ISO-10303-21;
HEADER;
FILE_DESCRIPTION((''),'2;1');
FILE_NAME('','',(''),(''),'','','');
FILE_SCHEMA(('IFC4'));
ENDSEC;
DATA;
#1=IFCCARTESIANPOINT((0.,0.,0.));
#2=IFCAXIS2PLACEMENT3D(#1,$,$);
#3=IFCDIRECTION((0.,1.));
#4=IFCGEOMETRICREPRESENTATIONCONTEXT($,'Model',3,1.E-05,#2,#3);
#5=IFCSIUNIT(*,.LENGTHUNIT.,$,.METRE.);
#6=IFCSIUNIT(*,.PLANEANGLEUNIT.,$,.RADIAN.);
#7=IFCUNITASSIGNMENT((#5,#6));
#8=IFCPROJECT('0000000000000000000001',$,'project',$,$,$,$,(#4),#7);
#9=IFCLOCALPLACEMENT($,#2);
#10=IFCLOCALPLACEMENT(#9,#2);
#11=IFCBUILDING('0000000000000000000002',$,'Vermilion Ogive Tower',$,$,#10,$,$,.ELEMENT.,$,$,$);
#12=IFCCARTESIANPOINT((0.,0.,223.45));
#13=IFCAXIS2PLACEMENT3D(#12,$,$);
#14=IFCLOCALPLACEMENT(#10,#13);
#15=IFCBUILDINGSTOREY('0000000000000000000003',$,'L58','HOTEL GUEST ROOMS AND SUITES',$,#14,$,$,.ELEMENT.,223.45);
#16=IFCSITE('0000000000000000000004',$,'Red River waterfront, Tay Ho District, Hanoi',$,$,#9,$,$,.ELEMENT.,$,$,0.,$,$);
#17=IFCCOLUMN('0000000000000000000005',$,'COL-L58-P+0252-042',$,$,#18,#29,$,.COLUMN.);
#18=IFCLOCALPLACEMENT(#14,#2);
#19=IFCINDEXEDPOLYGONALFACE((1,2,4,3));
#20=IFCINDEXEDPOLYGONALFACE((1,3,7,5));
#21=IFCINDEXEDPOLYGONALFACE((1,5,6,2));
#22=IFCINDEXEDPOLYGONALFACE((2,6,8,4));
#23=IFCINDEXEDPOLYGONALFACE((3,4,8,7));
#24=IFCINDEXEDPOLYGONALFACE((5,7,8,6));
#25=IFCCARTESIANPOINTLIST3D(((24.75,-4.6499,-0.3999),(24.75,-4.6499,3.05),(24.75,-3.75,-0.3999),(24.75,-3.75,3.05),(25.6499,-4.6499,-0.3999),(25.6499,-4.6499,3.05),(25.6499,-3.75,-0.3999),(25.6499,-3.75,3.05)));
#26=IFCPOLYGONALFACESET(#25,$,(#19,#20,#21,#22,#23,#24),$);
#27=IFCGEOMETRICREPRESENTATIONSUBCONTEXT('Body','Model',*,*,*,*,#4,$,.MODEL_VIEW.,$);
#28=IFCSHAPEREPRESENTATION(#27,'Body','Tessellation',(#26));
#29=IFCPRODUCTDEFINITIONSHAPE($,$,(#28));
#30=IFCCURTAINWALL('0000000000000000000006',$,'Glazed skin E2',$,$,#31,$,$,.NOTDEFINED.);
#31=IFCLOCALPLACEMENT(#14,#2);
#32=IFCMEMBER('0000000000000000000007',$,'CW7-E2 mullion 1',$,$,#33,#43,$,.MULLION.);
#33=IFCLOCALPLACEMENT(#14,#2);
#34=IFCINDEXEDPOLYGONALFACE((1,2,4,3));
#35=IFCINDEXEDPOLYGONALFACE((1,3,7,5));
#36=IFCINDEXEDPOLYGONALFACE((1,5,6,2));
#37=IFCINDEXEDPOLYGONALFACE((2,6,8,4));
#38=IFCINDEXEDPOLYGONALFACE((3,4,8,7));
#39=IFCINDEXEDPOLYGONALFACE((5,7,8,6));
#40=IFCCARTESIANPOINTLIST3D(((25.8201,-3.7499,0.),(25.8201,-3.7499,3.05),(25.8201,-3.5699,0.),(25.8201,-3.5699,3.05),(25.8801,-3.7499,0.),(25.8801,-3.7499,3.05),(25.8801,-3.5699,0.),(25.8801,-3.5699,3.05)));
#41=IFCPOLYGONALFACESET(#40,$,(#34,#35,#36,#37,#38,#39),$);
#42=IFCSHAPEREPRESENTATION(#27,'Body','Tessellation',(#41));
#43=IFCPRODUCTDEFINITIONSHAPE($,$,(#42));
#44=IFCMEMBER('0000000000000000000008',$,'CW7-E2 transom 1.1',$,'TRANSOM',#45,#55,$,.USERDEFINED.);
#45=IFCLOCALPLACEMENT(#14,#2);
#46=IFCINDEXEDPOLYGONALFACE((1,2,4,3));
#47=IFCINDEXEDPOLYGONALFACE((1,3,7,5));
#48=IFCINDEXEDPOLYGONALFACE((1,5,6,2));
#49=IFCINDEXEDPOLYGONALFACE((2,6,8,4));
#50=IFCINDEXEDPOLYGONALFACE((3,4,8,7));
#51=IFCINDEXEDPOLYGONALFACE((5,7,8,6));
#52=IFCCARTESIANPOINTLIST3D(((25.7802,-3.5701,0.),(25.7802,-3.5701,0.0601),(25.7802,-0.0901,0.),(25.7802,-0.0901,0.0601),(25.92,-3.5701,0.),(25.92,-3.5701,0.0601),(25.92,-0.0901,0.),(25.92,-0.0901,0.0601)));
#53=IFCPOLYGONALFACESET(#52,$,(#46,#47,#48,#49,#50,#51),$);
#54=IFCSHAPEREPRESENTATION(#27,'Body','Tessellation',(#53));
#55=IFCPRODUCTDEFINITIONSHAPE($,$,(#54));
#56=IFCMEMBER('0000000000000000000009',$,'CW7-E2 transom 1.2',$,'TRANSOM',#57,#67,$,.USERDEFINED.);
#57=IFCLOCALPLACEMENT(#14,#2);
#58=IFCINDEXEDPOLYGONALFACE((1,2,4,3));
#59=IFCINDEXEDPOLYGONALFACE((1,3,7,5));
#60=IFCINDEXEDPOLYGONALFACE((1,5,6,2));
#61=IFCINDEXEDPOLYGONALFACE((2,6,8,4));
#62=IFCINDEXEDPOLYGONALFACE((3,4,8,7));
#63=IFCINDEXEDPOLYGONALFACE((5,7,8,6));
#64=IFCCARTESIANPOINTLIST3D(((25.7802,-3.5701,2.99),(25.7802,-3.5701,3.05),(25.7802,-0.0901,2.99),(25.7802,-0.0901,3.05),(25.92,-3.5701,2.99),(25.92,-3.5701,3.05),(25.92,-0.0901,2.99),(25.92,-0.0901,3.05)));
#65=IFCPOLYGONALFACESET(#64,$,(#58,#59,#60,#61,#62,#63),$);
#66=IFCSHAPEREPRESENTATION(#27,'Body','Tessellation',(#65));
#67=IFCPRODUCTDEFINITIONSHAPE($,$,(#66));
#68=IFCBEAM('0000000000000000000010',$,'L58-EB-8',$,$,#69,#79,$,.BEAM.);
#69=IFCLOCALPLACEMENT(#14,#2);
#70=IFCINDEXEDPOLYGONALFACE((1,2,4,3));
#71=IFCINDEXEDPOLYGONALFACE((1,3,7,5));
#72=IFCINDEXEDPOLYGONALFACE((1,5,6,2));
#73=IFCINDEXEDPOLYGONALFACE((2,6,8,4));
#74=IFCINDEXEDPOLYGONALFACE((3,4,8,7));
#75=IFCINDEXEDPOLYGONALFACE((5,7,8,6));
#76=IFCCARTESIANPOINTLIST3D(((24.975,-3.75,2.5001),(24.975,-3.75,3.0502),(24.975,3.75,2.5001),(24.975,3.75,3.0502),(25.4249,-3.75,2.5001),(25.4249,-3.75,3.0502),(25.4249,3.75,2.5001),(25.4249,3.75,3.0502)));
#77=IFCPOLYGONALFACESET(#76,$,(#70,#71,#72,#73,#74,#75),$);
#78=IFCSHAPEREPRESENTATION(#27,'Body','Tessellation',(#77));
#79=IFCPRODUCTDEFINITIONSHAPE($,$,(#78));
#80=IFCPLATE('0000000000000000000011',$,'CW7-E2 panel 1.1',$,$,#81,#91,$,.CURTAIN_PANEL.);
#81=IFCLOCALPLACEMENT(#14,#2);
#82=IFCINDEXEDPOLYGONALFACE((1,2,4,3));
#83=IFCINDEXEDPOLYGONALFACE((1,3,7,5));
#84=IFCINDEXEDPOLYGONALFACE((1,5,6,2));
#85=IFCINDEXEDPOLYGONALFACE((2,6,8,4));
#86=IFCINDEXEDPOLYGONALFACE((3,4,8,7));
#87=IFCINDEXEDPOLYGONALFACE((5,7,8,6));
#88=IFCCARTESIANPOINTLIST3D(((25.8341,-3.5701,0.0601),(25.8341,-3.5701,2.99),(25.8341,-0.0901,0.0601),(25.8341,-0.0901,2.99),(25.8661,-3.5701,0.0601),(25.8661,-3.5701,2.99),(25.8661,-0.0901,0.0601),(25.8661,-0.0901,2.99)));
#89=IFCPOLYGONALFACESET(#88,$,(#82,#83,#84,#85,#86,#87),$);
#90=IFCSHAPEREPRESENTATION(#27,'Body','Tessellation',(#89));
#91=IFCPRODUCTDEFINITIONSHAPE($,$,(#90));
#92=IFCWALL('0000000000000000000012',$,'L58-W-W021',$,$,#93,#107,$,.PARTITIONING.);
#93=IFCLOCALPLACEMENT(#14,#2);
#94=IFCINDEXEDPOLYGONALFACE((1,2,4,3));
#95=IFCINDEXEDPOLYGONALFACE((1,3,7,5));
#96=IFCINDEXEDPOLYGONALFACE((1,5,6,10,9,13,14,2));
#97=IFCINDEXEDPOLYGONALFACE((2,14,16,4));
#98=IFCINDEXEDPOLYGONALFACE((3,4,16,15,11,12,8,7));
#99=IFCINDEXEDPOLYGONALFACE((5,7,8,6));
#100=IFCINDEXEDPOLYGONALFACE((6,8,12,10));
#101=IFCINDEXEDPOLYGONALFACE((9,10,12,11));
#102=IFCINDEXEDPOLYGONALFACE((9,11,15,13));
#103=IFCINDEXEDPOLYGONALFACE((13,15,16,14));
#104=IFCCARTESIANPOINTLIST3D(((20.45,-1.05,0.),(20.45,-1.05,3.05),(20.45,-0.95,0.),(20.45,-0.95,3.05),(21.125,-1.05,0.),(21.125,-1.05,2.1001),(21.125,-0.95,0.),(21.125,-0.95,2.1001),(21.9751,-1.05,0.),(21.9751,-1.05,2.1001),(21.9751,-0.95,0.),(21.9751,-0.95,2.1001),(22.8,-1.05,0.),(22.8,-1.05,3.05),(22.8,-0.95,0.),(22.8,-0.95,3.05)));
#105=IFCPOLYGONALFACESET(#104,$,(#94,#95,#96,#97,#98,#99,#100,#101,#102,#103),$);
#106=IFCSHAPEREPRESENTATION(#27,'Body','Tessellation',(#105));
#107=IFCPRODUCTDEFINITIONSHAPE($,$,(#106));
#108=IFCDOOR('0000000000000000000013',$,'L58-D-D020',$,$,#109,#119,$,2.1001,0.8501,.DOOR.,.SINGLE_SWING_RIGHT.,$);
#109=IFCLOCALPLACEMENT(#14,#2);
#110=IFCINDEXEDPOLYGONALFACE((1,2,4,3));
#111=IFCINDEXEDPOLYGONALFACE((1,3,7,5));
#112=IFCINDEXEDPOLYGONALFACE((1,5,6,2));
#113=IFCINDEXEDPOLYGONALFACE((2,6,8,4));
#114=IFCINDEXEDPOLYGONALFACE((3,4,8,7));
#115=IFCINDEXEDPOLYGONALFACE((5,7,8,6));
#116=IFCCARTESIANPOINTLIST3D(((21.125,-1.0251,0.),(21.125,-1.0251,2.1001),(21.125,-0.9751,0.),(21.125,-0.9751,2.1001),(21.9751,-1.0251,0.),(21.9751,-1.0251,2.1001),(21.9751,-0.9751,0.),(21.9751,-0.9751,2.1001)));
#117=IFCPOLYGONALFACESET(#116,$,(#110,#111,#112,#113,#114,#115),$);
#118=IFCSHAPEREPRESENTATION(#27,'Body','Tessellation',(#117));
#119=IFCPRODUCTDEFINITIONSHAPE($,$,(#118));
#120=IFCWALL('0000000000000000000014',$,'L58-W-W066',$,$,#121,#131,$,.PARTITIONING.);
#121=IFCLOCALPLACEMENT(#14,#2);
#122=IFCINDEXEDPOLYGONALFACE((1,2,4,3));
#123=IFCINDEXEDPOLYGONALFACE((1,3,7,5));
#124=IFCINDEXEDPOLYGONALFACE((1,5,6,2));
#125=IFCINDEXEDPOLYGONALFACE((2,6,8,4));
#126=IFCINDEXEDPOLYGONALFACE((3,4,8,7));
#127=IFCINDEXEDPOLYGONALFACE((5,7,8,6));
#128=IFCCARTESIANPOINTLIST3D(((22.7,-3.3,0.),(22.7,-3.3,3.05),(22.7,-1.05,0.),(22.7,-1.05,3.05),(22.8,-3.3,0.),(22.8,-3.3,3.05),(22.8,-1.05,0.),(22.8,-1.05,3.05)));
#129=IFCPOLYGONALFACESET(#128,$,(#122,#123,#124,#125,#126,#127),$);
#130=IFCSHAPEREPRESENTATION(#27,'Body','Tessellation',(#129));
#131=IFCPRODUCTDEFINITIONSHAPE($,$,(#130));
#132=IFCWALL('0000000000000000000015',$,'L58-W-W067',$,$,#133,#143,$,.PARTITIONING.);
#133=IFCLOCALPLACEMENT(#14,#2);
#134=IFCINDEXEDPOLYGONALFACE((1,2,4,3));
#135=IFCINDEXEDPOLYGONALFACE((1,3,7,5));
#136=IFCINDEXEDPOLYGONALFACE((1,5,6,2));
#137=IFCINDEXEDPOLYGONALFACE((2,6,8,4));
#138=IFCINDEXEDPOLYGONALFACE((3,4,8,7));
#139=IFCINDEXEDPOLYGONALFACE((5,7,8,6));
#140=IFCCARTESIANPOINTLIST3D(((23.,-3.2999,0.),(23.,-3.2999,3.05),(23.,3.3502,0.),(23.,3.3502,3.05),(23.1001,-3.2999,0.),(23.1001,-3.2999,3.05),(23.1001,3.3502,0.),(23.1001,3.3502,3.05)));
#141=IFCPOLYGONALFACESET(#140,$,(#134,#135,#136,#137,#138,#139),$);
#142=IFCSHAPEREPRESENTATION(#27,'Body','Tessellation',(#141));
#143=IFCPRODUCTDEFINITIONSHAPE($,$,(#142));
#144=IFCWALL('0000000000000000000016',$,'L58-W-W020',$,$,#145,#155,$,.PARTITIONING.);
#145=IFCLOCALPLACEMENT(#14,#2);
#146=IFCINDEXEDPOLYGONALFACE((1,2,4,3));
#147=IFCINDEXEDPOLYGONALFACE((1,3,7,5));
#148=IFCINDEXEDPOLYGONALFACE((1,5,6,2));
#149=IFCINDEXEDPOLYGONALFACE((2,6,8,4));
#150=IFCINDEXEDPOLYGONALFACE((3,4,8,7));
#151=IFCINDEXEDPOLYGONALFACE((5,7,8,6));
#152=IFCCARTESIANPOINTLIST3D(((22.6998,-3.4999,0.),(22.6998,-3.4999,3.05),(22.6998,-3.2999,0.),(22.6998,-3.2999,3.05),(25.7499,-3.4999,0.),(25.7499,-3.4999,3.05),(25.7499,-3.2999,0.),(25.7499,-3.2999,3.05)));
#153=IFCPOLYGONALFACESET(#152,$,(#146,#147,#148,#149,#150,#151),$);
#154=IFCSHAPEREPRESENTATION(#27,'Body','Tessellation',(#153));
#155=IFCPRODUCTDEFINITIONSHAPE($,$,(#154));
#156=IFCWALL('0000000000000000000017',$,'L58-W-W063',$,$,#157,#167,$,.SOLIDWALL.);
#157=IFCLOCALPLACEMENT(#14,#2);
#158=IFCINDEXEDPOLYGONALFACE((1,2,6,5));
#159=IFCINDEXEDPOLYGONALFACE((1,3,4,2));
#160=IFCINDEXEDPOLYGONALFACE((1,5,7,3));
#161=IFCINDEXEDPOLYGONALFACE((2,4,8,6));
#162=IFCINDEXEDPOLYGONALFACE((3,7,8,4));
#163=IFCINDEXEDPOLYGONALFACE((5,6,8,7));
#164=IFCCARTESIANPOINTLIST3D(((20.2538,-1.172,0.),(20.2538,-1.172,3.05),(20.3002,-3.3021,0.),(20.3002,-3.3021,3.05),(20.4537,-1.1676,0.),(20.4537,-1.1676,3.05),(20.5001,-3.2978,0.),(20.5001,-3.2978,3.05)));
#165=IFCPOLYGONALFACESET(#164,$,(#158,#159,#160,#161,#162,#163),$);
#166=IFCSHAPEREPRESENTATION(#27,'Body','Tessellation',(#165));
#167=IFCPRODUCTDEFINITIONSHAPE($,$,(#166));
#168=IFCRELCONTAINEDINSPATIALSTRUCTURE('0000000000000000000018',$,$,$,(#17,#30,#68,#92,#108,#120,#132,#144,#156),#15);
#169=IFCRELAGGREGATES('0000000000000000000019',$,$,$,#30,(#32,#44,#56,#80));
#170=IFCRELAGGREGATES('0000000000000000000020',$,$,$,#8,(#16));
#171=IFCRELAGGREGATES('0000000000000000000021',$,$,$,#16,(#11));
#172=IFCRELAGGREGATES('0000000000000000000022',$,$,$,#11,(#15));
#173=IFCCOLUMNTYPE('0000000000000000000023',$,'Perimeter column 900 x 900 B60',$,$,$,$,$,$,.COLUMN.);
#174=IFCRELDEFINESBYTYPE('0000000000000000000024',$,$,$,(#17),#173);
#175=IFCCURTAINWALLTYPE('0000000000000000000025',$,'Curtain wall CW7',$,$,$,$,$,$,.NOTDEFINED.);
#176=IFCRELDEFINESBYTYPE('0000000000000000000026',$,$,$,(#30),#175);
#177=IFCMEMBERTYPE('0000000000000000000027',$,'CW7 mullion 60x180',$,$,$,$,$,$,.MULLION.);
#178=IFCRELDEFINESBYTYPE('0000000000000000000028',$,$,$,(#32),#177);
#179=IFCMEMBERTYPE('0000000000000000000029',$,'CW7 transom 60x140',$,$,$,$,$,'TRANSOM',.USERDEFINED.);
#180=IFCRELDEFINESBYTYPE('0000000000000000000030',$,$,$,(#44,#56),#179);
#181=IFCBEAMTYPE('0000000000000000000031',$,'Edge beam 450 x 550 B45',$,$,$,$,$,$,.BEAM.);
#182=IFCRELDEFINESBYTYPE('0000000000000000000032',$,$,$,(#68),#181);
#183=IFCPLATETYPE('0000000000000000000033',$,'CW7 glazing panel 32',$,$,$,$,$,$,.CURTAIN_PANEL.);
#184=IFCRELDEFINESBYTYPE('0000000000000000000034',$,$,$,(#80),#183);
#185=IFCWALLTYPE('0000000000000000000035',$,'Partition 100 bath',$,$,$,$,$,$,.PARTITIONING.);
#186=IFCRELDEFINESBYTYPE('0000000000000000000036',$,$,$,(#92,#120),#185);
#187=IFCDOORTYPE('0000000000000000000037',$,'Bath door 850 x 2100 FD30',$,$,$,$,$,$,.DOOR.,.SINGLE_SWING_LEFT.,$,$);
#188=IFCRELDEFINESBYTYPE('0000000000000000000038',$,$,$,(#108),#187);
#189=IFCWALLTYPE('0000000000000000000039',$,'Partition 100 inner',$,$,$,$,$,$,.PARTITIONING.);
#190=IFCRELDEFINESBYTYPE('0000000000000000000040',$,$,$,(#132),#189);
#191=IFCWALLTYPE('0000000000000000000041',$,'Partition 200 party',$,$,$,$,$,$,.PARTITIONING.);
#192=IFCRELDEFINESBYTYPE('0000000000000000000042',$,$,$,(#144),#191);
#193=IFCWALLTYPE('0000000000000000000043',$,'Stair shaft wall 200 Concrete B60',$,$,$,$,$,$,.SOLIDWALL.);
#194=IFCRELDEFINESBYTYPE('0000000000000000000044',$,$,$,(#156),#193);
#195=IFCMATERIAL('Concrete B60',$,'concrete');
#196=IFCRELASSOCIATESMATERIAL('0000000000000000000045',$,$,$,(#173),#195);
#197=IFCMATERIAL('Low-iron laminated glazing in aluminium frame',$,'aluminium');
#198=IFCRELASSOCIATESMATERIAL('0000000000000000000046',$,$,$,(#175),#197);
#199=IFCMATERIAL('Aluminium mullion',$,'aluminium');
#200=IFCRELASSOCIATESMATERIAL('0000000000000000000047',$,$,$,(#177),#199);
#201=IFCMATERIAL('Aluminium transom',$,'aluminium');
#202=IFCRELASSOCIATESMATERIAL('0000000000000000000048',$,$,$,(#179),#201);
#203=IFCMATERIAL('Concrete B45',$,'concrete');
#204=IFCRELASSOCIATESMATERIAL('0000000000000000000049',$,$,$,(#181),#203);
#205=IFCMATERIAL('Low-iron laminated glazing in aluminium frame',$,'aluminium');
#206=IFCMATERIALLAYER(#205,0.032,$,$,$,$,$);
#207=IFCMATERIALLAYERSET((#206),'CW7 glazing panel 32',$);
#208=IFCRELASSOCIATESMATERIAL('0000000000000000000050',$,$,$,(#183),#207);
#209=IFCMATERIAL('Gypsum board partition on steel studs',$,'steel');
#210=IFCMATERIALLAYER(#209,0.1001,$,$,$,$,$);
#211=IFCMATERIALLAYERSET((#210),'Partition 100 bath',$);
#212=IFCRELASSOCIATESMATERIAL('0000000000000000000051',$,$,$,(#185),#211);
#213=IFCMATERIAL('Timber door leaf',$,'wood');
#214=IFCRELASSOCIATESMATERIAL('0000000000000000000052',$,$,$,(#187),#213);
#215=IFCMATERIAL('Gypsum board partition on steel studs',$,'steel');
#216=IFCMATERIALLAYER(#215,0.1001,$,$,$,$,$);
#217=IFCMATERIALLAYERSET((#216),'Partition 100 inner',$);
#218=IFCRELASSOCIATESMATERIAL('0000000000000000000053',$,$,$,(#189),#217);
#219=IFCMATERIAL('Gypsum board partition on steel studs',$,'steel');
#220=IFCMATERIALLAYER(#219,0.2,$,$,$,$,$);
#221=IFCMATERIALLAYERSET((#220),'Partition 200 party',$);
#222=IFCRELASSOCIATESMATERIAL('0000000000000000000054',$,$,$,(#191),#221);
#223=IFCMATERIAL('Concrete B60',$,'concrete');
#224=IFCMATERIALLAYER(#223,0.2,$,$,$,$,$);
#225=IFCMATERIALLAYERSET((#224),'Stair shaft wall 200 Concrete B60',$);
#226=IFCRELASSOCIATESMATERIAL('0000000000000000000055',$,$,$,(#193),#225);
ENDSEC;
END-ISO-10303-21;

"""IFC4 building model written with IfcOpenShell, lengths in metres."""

from ifc_helpers import new_model, si_unit, direction, frame, frame_2d, origin, origin_2d, place, context, subcontext, project, spatial, rectangle, extrude, material, layer, layer_set, material_profile, profile_set, type_object, element, fill, aggregate, save


model = new_model("IFC4")

# Units and contexts
model_context = context("Model", 3, precision=1e-05, world=origin(), true_north=direction((0.0, 1.0)))
body_context = subcontext(model_context, "Body", "Model", "MODEL_VIEW")
ifc_project = project(units=[si_unit("LENGTHUNIT", "METRE"), si_unit("PLANEANGLEUNIT", "RADIAN")], contexts=[model_context])

# Site, building, storey
site_placement = place(None, origin())
site = spatial("IfcSite", under=ifc_project, at=site_placement, Name="Red River waterfront, Tay Ho District, Hanoi", CompositionType="ELEMENT", RefElevation=0.0)
building_placement = place(site_placement, origin())
building = spatial("IfcBuilding", under=site, at=building_placement, Name="Vermilion Ogive Tower", CompositionType="ELEMENT")
storey_placement = place(building_placement, frame((0.0, 0.0, 223.45)))
storey = spatial("IfcBuildingStorey", under=building, at=storey_placement, Name="L58", Description="HOTEL GUEST ROOMS AND SUITES", CompositionType="ELEMENT", Elevation=223.45)

# Column
ifc_material_1 = material(Name="Concrete B60", Category="concrete")
ifc_material_profile_1 = material_profile(ifc_material_1, rectangle(XDim=0.8999, YDim=0.8999, at=origin_2d()), Name="900 x 900")
ifc_profile_set_1 = profile_set([ifc_material_profile_1], Name="Concrete B60")
column_type = type_object("IfcColumnType", Name="Perimeter column 900 x 900 B60", PredefinedType="COLUMN", material=ifc_profile_set_1)
column_placement = place(storey_placement, frame((25.2, -4.2, -0.3999), z_axis=(0.0, 0.0, 1.0), x_axis=(1.0, 0.0, 0.0)))
element("IfcColumn", 1, at=column_placement, inside=storey, type_object=column_type, Name="COL-L58-P+0252-042", PredefinedType="COLUMN", context=body_context, shape_type="SweptSolid", body=[
    extrude(rectangle(XDim=0.8999, YDim=0.8999, at=origin_2d()), origin(), (0.0, 0.0, 1.0), 3.45),
])

# Curtain wall, members
ifc_material_2 = material(Name="Low-iron laminated glazing in aluminium frame", Category="aluminium")
curtain_wall_type = type_object("IfcCurtainWallType", Name="Curtain wall CW7", PredefinedType="NOTDEFINED", material=ifc_material_2)
curtain_wall_placement = place(storey_placement, origin())
curtain_wall = element("IfcCurtainWall", 2, at=curtain_wall_placement, inside=storey, type_object=curtain_wall_type, Name="Glazed skin E2", PredefinedType="NOTDEFINED")
ifc_material_3 = material(Name="Aluminium mullion", Category="aluminium")
ifc_material_profile_2 = material_profile(ifc_material_3, rectangle(XDim=0.0601, YDim=0.1799, at=origin_2d()), Name="AL 60x180")
ifc_profile_set_2 = profile_set([ifc_material_profile_2], Name="Aluminium mullion")
member_type_1 = type_object("IfcMemberType", Name="CW7 mullion 60x180", PredefinedType="MULLION", material=ifc_profile_set_2)
member_1_placement = place(storey_placement, frame((25.8501, -3.6599, 0.0), z_axis=(0.0, 0.0, 1.0), x_axis=(-1.0, 0.0, 0.0)))
member_1 = element("IfcMember", 3, at=member_1_placement, type_object=member_type_1, Name="CW7-E2 mullion 1", PredefinedType="MULLION", context=body_context, shape_type="SweptSolid", body=[
    extrude(rectangle(XDim=0.0601, YDim=0.1799, at=origin_2d()), origin(), (0.0, 0.0, 1.0), 3.05),
])
ifc_material_4 = material(Name="Aluminium transom", Category="aluminium")
ifc_material_profile_3 = material_profile(ifc_material_4, rectangle(XDim=0.1399, YDim=0.0601, at=origin_2d()), Name="AL 60x140")
ifc_profile_set_3 = profile_set([ifc_material_profile_3], Name="Aluminium transom")
member_type_2 = type_object("IfcMemberType", Name="CW7 transom 60x140", ElementType="TRANSOM", PredefinedType="USERDEFINED", material=ifc_profile_set_3)
member_2_placement = place(storey_placement, frame((25.8501, -3.5701, 0.03), z_axis=(0.0, 1.0, 0.0), x_axis=(-1.0, 0.0, 0.0)))
member_2 = element("IfcMember", 4, at=member_2_placement, type_object=member_type_2, Name="CW7-E2 transom 1.1", ObjectType="TRANSOM", PredefinedType="USERDEFINED", context=body_context, shape_type="SweptSolid", body=[
    extrude(rectangle(XDim=0.1399, YDim=0.0601, at=origin_2d()), origin(), (0.0, 0.0, 1.0), 3.48),
])
member_3_placement = place(storey_placement, frame((25.8501, -3.5701, 3.02), z_axis=(0.0, 1.0, 0.0), x_axis=(-1.0, 0.0, 0.0)))
member_3 = element("IfcMember", 5, at=member_3_placement, type_object=member_type_2, Name="CW7-E2 transom 1.2", ObjectType="TRANSOM", PredefinedType="USERDEFINED", context=body_context, shape_type="SweptSolid", body=[
    extrude(rectangle(XDim=0.1399, YDim=0.0601, at=origin_2d()), origin(), (0.0, 0.0, 1.0), 3.48),
])

# Beam
ifc_material_5 = material(Name="Concrete B45", Category="concrete")
ifc_material_profile_4 = material_profile(ifc_material_5, rectangle(XDim=0.45, YDim=0.55, at=origin_2d()), Name="450 x 550")
ifc_profile_set_4 = profile_set([ifc_material_profile_4], Name="Concrete B45")
beam_type = type_object("IfcBeamType", Name="Edge beam 450 x 550 B45", PredefinedType="BEAM", material=ifc_profile_set_4)
beam_placement = place(storey_placement, frame((25.2, -3.75, 2.7751), z_axis=(0.0, 1.0, 0.0), x_axis=(-1.0, 0.0, 0.0)))
element("IfcBeam", 6, at=beam_placement, inside=storey, type_object=beam_type, Name="L58-EB-8", PredefinedType="BEAM", context=body_context, shape_type="SweptSolid", body=[
    extrude(rectangle(XDim=0.45, YDim=0.55, at=origin_2d()), origin(), (0.0, 0.0, 1.0), 7.5),
])

# Plate
ifc_material_6 = material(Name="Low-iron laminated glazing in aluminium frame", Category="aluminium")
ifc_layer_1 = layer(ifc_material_6, 0.032)
ifc_layer_set_1 = layer_set([ifc_layer_1], Name="CW7 glazing panel 32")
plate_type = type_object("IfcPlateType", Name="CW7 glazing panel 32", PredefinedType="CURTAIN_PANEL", material=ifc_layer_set_1)
plate_placement = place(storey_placement, frame((25.8501, -1.8301, 0.0601), z_axis=(0.0, 0.0, 1.0), x_axis=(0.0, 1.0, 0.0)))
plate = element("IfcPlate", 7, at=plate_placement, type_object=plate_type, Name="CW7-E2 panel 1.1", PredefinedType="CURTAIN_PANEL", context=body_context, shape_type="SweptSolid", body=[
    extrude(rectangle(XDim=3.48, YDim=0.032, at=origin_2d()), origin(), (0.0, 0.0, 1.0), 2.9299),
])
aggregate(curtain_wall, [member_1, member_2, member_3, plate])

# Wall, opening, door
ifc_material_7 = material(Name="Gypsum board partition on steel studs", Category="steel")
ifc_layer_2 = layer(ifc_material_7, 0.1001)
ifc_layer_set_2 = layer_set([ifc_layer_2], Name="Partition 100 bath")
wall_type_1 = type_object("IfcWallType", Name="Partition 100 bath", PredefinedType="PARTITIONING", material=ifc_layer_set_2)
wall_1_placement = place(storey_placement, frame((20.45, -1.0, 0.0), z_axis=(0.0, 0.0, 1.0), x_axis=(1.0, 0.0, 0.0)))
wall_1 = element("IfcWall", 8, at=wall_1_placement, inside=storey, type_object=wall_type_1, Name="L58-W-W021", PredefinedType="PARTITIONING", context=body_context, shape_type="SweptSolid", body=[
    extrude(rectangle(XDim=2.3501, YDim=0.1001, at=frame_2d((1.175, 0.0))), origin(), (0.0, 0.0, 1.0), 3.05),
])
opening_placement = place(wall_1_placement, frame((0.675, 0.0, 0.0)))
opening = element("IfcOpeningElement", 9, at=opening_placement, cuts=wall_1, PredefinedType="OPENING", context=body_context, shape_type="SweptSolid", body=[
    extrude(rectangle(XDim=0.8501, YDim=2.1001, at=frame_2d((0.425, 1.05))), frame((0.0, 0.0601, 0.0), z_axis=(0.0, -1.0, 0.0), x_axis=(1.0, 0.0, 0.0)), (0.0, 0.0, 1.0), 0.1201),
])
ifc_material_8 = material(Name="Timber door leaf", Category="wood")
door_type = type_object("IfcDoorType", Name="Bath door 850 x 2100 FD30", OperationType="SINGLE_SWING_LEFT", PredefinedType="DOOR", material=ifc_material_8)
door_placement = place(opening_placement, origin())
door = element("IfcDoor", 10, at=door_placement, inside=storey, type_object=door_type, Name="L58-D-D020", OperationType="SINGLE_SWING_RIGHT", OverallHeight=2.1001, OverallWidth=0.8501, PredefinedType="DOOR", context=body_context, shape_type="SweptSolid", body=[
    extrude(rectangle(XDim=0.8501, YDim=2.1001, at=frame_2d((0.425, 1.05))), frame((0.0, 0.0249, 0.0), z_axis=(0.0, -1.0, 0.0), x_axis=(1.0, 0.0, 0.0)), (0.0, 0.0, 1.0), 0.05),
])
fill(opening, door)

# Walls
wall_2_placement = place(storey_placement, frame((22.75, -3.3, 0.0), z_axis=(0.0, 0.0, 1.0), x_axis=(0.0, 1.0, 0.0)))
element("IfcWall", 11, at=wall_2_placement, inside=storey, type_object=wall_type_1, Name="L58-W-W066", PredefinedType="PARTITIONING", context=body_context, shape_type="SweptSolid", body=[
    extrude(rectangle(XDim=2.25, YDim=0.1001, at=frame_2d((1.125, 0.0))), origin(), (0.0, 0.0, 1.0), 3.05),
])
ifc_material_9 = material(Name="Gypsum board partition on steel studs", Category="steel")
ifc_layer_3 = layer(ifc_material_9, 0.1001)
ifc_layer_set_3 = layer_set([ifc_layer_3], Name="Partition 100 inner")
wall_type_2 = type_object("IfcWallType", Name="Partition 100 inner", PredefinedType="PARTITIONING", material=ifc_layer_set_3)
wall_3_placement = place(storey_placement, frame((23.05, -3.3, 0.0), z_axis=(0.0, 0.0, 1.0), x_axis=(0.0, 1.0, 0.0)))
element("IfcWall", 12, at=wall_3_placement, inside=storey, type_object=wall_type_2, Name="L58-W-W067", PredefinedType="PARTITIONING", context=body_context, shape_type="SweptSolid", body=[
    extrude(rectangle(XDim=6.6501, YDim=0.1001, at=frame_2d((3.3252, 0.0))), origin(), (0.0, 0.0, 1.0), 3.05),
])
ifc_material_10 = material(Name="Gypsum board partition on steel studs", Category="steel")
ifc_layer_4 = layer(ifc_material_10, 0.2)
ifc_layer_set_4 = layer_set([ifc_layer_4], Name="Partition 200 party")
wall_type_3 = type_object("IfcWallType", Name="Partition 200 party", PredefinedType="PARTITIONING", material=ifc_layer_set_4)
wall_4_placement = place(storey_placement, frame((22.7, -3.3999, 0.0), z_axis=(0.0, 0.0, 1.0), x_axis=(1.0, 0.0, 0.0)))
element("IfcWall", 13, at=wall_4_placement, inside=storey, type_object=wall_type_3, Name="L58-W-W020", PredefinedType="PARTITIONING", context=body_context, shape_type="SweptSolid", body=[
    extrude(rectangle(XDim=3.05, YDim=0.2, at=frame_2d((1.5249, 0.0))), origin(), (0.0, 0.0, 1.0), 3.05),
])
ifc_material_11 = material(Name="Concrete B60", Category="concrete")
ifc_layer_5 = layer(ifc_material_11, 0.2)
ifc_layer_set_5 = layer_set([ifc_layer_5], Name="Stair shaft wall 200 Concrete B60")
wall_type_4 = type_object("IfcWallType", Name="Stair shaft wall 200 Concrete B60", PredefinedType="SOLIDWALL", material=ifc_layer_set_5)
wall_5_placement = place(storey_placement, frame((20.4001, -3.3, 0.0), z_axis=(0.0, 0.0, 1.0), x_axis=(-0.021771, 0.999763, 0.0)))
element("IfcWall", 14, at=wall_5_placement, inside=storey, type_object=wall_type_4, Name="L58-W-W063", PredefinedType="SOLIDWALL", context=body_context, shape_type="SweptSolid", body=[
    extrude(rectangle(XDim=2.1306, YDim=0.2, at=frame_2d((1.0654, 0.0))), origin(), (0.0, 0.0, 1.0), 3.05),
])

save(model, "model.ifc")
